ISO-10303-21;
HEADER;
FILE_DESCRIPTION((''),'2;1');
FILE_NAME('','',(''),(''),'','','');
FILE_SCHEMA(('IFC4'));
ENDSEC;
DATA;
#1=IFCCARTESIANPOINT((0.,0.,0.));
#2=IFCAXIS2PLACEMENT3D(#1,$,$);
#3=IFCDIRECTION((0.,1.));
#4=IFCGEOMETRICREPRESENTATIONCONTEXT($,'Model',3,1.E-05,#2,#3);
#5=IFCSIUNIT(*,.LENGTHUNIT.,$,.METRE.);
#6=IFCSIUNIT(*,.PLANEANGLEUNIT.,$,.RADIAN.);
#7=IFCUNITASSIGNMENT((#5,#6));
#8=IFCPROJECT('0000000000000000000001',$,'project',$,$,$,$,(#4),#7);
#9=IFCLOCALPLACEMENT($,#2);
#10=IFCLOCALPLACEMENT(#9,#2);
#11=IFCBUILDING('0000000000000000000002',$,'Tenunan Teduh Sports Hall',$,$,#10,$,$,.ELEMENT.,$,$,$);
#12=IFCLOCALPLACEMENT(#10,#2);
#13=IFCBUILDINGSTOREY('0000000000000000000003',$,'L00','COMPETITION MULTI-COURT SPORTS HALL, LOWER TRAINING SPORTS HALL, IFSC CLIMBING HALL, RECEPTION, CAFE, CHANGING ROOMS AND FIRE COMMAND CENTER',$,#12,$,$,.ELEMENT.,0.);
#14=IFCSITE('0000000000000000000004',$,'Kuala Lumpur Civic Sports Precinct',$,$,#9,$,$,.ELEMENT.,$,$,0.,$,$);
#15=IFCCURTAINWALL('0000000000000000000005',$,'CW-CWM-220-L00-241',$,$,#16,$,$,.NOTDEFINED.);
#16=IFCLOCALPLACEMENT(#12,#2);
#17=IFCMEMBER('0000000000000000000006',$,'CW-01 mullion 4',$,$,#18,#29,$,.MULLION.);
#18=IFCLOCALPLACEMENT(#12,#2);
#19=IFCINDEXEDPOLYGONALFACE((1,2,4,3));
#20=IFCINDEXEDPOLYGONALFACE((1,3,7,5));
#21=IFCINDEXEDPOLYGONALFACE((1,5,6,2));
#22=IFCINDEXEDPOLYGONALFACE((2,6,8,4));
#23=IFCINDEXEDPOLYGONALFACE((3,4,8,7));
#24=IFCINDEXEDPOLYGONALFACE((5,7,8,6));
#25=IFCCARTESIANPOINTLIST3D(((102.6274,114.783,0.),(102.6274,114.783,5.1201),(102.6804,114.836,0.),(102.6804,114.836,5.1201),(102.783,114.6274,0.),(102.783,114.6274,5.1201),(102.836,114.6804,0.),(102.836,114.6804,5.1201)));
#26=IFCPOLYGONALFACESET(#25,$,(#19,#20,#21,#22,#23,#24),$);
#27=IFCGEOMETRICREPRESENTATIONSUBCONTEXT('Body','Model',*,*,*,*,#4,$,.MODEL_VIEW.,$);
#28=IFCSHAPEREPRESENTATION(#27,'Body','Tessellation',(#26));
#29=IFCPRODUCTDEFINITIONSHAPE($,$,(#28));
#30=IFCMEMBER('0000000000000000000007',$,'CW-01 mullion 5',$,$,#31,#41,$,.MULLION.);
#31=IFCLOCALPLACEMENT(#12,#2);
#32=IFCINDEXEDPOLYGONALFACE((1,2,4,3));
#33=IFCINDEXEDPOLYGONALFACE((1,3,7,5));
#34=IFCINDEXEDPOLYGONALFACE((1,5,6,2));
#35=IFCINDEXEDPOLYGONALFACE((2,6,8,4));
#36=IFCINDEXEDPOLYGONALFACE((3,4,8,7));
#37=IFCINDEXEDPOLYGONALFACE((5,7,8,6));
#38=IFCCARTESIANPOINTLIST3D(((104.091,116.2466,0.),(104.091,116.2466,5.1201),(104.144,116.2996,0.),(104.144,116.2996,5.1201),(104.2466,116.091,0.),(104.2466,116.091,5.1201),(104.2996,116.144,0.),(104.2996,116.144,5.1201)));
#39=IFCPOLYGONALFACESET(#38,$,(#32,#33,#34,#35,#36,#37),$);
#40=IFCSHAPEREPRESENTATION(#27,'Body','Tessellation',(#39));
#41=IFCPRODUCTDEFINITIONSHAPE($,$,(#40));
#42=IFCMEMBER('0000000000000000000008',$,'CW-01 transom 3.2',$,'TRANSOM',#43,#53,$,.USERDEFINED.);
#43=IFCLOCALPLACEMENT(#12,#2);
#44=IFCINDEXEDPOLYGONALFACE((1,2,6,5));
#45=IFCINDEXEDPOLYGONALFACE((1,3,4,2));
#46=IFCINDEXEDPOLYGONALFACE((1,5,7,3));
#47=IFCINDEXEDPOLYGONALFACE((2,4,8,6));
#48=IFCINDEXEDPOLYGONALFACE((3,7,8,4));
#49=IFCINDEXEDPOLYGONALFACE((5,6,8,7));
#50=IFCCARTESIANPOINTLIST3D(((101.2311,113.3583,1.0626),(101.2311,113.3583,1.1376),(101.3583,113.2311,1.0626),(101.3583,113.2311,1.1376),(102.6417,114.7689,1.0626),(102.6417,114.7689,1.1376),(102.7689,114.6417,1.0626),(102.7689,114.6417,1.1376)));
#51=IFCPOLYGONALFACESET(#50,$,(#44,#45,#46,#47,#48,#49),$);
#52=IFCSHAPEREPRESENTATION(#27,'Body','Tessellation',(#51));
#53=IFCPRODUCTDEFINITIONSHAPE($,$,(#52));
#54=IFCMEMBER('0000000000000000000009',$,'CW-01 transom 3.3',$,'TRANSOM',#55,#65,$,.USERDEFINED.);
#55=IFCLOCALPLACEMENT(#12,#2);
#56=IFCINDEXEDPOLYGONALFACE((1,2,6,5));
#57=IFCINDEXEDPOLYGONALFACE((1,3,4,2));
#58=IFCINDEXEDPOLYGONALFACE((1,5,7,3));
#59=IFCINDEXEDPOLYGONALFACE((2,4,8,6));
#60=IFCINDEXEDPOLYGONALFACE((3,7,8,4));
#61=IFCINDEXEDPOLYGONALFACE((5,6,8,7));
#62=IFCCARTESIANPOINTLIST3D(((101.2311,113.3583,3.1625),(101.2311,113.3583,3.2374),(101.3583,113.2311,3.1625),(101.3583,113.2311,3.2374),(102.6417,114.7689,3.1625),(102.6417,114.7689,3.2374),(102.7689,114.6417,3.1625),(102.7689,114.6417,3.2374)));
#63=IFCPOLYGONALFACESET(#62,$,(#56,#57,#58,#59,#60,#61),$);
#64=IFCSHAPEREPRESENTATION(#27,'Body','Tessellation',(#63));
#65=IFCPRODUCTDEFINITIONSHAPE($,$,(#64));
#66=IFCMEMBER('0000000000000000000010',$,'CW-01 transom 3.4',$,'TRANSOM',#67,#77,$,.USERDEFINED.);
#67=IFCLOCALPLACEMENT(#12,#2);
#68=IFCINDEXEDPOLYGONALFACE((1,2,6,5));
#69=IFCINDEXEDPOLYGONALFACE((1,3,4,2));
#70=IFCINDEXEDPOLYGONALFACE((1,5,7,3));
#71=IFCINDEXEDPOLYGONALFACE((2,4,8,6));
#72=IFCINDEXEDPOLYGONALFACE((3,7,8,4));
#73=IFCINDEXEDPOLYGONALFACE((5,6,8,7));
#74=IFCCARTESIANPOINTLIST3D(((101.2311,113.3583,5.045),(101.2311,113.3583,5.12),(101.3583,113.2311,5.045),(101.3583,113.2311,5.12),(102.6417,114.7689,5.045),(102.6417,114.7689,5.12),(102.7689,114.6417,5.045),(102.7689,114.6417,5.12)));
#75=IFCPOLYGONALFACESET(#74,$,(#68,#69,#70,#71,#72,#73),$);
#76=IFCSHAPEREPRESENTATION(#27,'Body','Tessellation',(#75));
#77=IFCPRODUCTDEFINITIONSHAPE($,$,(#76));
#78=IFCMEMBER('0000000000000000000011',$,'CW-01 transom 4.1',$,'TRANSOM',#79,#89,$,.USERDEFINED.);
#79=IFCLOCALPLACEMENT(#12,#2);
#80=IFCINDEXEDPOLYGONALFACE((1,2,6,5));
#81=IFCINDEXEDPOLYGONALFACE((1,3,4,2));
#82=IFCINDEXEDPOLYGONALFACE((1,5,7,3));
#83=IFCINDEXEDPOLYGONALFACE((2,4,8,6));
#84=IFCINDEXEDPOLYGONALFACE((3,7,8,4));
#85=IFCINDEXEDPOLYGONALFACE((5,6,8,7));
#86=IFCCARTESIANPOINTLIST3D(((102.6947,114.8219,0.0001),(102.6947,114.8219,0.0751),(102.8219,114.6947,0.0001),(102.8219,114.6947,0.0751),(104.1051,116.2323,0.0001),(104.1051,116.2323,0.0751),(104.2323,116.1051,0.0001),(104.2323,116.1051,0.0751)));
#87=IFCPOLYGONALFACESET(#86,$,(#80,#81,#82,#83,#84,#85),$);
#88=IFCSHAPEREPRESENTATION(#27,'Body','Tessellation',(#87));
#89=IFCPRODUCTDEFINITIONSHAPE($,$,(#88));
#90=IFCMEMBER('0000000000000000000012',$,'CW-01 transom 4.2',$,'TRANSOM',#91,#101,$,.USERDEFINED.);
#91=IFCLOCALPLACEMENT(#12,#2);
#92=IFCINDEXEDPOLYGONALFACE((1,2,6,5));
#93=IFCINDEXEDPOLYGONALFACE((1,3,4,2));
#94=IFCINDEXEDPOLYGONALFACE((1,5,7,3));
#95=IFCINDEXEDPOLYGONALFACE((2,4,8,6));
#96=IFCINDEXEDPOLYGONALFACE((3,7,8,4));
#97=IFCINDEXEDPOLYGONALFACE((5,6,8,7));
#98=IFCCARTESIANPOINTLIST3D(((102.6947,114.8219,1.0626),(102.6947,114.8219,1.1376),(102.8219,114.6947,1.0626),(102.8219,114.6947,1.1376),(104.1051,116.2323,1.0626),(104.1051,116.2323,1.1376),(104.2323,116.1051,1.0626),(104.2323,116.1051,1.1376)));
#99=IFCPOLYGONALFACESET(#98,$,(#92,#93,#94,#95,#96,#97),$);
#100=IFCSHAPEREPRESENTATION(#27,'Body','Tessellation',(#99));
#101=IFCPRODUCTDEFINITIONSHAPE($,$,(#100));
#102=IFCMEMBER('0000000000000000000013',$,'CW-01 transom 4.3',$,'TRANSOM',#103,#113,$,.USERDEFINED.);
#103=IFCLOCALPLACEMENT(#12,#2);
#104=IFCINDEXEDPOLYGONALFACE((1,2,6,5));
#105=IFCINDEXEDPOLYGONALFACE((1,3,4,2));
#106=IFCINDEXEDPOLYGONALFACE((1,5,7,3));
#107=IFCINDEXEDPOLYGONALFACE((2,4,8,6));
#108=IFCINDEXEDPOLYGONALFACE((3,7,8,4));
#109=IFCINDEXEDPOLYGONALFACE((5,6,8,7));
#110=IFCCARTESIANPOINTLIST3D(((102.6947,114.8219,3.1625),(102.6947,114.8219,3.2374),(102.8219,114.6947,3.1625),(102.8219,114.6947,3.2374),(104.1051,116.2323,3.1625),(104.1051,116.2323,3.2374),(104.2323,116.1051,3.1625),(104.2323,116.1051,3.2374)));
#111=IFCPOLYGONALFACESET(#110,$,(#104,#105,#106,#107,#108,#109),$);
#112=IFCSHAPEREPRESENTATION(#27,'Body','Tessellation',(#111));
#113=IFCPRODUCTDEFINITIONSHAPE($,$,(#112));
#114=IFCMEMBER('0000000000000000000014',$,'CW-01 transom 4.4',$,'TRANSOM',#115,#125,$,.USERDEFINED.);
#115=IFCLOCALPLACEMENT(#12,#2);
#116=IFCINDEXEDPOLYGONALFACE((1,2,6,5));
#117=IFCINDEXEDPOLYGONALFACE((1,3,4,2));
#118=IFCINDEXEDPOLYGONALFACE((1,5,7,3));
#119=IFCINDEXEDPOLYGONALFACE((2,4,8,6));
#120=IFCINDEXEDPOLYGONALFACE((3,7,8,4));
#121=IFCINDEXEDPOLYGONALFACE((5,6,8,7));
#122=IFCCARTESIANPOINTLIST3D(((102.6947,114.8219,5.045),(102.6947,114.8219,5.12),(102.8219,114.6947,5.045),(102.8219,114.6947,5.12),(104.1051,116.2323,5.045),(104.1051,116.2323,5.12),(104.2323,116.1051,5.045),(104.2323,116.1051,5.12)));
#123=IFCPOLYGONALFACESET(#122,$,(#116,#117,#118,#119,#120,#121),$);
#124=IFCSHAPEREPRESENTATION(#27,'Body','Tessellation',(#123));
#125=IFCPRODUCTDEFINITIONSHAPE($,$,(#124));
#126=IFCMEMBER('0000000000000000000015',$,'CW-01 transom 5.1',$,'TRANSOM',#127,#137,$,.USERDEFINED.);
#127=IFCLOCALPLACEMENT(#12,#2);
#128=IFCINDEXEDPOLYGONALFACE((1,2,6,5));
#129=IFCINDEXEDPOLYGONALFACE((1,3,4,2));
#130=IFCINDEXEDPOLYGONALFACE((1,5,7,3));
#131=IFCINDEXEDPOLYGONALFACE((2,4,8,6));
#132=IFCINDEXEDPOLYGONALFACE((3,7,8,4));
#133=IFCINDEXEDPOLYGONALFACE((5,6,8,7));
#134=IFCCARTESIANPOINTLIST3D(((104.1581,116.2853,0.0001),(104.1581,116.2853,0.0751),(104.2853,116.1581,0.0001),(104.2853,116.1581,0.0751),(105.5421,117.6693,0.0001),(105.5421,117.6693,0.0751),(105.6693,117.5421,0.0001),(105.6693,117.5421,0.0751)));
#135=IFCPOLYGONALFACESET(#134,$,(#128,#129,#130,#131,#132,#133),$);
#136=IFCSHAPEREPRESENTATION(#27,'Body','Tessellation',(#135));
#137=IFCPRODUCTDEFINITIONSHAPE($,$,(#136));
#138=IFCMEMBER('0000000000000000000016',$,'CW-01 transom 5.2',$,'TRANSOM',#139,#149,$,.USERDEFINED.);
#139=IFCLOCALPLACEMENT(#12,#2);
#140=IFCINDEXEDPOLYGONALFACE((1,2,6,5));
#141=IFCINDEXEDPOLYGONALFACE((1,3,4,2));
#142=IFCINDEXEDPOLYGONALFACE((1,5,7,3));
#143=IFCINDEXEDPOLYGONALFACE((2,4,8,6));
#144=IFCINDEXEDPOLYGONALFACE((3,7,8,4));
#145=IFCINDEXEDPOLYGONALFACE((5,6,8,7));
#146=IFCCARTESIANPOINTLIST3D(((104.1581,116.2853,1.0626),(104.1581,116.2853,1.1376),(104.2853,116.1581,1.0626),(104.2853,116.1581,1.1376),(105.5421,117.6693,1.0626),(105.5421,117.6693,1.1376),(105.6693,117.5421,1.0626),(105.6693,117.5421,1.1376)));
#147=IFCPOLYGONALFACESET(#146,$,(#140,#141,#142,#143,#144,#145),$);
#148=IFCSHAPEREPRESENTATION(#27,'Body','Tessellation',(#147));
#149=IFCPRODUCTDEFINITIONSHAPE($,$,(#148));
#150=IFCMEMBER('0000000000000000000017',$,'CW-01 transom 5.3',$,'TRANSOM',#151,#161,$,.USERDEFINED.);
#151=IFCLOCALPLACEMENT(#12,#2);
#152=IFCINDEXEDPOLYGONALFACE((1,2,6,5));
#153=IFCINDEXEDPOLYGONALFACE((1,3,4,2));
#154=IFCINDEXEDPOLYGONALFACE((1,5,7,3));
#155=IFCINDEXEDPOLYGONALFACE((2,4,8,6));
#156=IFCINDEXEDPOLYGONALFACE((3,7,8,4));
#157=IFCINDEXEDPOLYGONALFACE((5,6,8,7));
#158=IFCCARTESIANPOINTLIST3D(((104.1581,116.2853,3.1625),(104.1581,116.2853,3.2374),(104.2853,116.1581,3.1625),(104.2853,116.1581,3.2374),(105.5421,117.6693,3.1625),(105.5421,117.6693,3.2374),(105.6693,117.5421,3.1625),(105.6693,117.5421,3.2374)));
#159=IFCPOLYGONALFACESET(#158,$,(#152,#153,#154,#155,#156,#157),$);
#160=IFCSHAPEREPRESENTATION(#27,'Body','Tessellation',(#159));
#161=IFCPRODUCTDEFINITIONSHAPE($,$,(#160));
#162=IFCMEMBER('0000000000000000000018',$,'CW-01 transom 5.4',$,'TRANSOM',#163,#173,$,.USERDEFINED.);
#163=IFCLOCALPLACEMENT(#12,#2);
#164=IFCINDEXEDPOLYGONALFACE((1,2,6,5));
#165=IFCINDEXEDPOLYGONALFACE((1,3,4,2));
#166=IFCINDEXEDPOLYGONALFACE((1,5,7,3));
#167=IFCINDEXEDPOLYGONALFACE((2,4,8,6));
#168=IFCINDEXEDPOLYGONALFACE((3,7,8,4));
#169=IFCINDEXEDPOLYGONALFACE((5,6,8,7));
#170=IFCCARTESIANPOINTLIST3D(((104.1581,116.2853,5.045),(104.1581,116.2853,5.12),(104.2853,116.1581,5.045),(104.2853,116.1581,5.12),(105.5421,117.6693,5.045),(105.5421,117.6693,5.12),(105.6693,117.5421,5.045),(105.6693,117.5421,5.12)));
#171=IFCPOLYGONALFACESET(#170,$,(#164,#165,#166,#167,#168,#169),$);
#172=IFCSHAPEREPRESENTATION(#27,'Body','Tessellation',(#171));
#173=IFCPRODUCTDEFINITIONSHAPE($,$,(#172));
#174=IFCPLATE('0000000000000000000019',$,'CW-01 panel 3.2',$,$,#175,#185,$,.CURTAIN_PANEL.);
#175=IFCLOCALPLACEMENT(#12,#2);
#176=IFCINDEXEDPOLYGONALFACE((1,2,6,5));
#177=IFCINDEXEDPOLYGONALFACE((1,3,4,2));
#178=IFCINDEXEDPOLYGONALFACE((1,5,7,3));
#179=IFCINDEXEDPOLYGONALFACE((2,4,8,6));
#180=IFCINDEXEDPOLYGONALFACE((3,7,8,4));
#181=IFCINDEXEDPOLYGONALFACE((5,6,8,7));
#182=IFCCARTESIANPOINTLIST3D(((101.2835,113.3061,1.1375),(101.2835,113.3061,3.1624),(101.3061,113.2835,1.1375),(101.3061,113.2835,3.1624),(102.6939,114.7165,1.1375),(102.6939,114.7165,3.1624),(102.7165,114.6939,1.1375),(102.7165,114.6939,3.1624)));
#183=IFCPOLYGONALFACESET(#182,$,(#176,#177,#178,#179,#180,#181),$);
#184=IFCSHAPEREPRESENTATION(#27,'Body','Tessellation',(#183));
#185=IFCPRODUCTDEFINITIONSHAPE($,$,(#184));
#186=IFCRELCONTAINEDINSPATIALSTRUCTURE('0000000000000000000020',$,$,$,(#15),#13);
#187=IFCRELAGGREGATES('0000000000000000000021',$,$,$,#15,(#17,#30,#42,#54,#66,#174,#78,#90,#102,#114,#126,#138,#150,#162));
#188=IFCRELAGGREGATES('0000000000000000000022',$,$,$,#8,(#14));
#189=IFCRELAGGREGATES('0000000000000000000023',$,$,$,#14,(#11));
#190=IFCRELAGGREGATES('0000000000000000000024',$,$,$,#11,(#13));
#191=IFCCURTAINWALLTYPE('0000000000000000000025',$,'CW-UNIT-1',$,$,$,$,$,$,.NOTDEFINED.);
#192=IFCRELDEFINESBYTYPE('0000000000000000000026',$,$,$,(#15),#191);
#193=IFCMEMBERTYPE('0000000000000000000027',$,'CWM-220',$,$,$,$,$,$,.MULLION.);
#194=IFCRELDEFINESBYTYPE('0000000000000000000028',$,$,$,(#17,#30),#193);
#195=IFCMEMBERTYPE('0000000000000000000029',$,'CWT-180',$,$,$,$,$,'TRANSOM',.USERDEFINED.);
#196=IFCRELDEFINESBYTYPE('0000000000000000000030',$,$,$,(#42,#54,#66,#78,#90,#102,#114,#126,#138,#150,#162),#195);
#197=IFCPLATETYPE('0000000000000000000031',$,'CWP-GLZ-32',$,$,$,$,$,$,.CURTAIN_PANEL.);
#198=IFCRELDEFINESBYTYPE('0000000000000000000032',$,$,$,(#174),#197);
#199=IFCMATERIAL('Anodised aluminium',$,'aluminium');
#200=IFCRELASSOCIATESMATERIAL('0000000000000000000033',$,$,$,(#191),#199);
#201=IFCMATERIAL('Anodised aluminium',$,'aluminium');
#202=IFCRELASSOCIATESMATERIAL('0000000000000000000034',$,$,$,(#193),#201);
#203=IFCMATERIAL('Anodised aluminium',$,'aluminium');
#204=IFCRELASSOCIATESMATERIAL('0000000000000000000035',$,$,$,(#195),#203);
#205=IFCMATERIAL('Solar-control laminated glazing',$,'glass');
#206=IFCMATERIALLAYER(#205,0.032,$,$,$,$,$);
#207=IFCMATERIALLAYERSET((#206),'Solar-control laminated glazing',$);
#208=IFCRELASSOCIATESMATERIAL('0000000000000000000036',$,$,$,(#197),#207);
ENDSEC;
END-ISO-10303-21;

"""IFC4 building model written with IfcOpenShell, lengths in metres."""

from ifc_helpers import new_model, si_unit, direction, frame, origin, origin_2d, place, context, subcontext, project, spatial, rectangle, extrude, material, layer, layer_set, material_profile, profile_set, type_object, element, aggregate, save


model = new_model("IFC4")

# Units and contexts
model_context = context("Model", 3, precision=1e-05, world=origin(), true_north=direction((0.0, 1.0)))
body_context = subcontext(model_context, "Body", "Model", "MODEL_VIEW")
ifc_project = project(units=[si_unit("LENGTHUNIT", "METRE"), si_unit("PLANEANGLEUNIT", "RADIAN")], contexts=[model_context])

# Site, building, storey
site_placement = place(None, origin())
site = spatial("IfcSite", under=ifc_project, at=site_placement, Name="Kuala Lumpur Civic Sports Precinct", CompositionType="ELEMENT", RefElevation=0.0)
building_placement = place(site_placement, origin())
building = spatial("IfcBuilding", under=site, at=building_placement, Name="Tenunan Teduh Sports Hall", CompositionType="ELEMENT")
storey_placement = place(building_placement, origin())
storey = spatial("IfcBuildingStorey", under=building, at=storey_placement, Name="L00", Description="COMPETITION MULTI-COURT SPORTS HALL, LOWER TRAINING SPORTS HALL, IFSC CLIMBING HALL, RECEPTION, CAFE, CHANGING ROOMS AND FIRE COMMAND CENTER", CompositionType="ELEMENT", Elevation=0.0)

# Curtain wall, members, plate
ifc_material_1 = material(Name="Anodised aluminium", Category="aluminium")
curtain_wall_type = type_object("IfcCurtainWallType", Name="CW-UNIT-1", PredefinedType="NOTDEFINED", material=ifc_material_1)
curtain_wall_placement = place(storey_placement, origin())
curtain_wall = element("IfcCurtainWall", 1, at=curtain_wall_placement, inside=storey, type_object=curtain_wall_type, Name="CW-CWM-220-L00-241", PredefinedType="NOTDEFINED")
ifc_material_2 = material(Name="Anodised aluminium", Category="aluminium")
ifc_material_profile_1 = material_profile(ifc_material_2, rectangle(XDim=0.075, YDim=0.22, at=origin_2d()), Name="CWM 75x220")
ifc_profile_set_1 = profile_set([ifc_material_profile_1], Name="Anodised aluminium")
member_type_1 = type_object("IfcMemberType", Name="CWM-220", PredefinedType="MULLION", material=ifc_profile_set_1)
member_1_placement = place(storey_placement, frame((102.7317, 114.7317, 0.0), z_axis=(0.0, 0.0, 1.0), x_axis=(0.707107, 0.707107, 0.0)))
member_1 = element("IfcMember", 2, at=member_1_placement, type_object=member_type_1, Name="CW-01 mullion 4", PredefinedType="MULLION", context=body_context, shape_type="SweptSolid", body=[
    extrude(rectangle(XDim=0.075, YDim=0.22, at=origin_2d()), origin(), (0.0, 0.0, 1.0), 5.1201),
])
member_2_placement = place(storey_placement, frame((104.1953, 116.1953, 0.0), z_axis=(0.0, 0.0, 1.0), x_axis=(0.707107, 0.707107, 0.0)))
member_2 = element("IfcMember", 3, at=member_2_placement, type_object=member_type_1, Name="CW-01 mullion 5", PredefinedType="MULLION", context=body_context, shape_type="SweptSolid", body=[
    extrude(rectangle(XDim=0.075, YDim=0.22, at=origin_2d()), origin(), (0.0, 0.0, 1.0), 5.1201),
])
ifc_material_3 = material(Name="Anodised aluminium", Category="aluminium")
ifc_material_profile_2 = material_profile(ifc_material_3, rectangle(XDim=0.075, YDim=0.1799, at=origin_2d()), Name="CWT 75x180")
ifc_profile_set_2 = profile_set([ifc_material_profile_2], Name="Anodised aluminium")
member_type_2 = type_object("IfcMemberType", Name="CWT-180", ElementType="TRANSOM", PredefinedType="USERDEFINED", material=ifc_profile_set_2)
member_3_placement = place(storey_placement, frame((101.2947, 113.2947, 1.1001), z_axis=(0.707107, 0.707107, 0.0), x_axis=(0.0, 0.0, 1.0)))
member_3 = element("IfcMember", 4, at=member_3_placement, type_object=member_type_2, Name="CW-01 transom 3.2", ObjectType="TRANSOM", PredefinedType="USERDEFINED", context=body_context, shape_type="SweptSolid", body=[
    extrude(rectangle(XDim=0.075, YDim=0.1799, at=origin_2d()), origin(), (0.0, 0.0, 1.0), 1.9949),
])
member_4_placement = place(storey_placement, frame((101.2947, 113.2947, 3.2), z_axis=(0.707107, 0.707107, 0.0), x_axis=(0.0, 0.0, 1.0)))
member_4 = element("IfcMember", 5, at=member_4_placement, type_object=member_type_2, Name="CW-01 transom 3.3", ObjectType="TRANSOM", PredefinedType="USERDEFINED", context=body_context, shape_type="SweptSolid", body=[
    extrude(rectangle(XDim=0.075, YDim=0.1799, at=origin_2d()), origin(), (0.0, 0.0, 1.0), 1.9949),
])
member_5_placement = place(storey_placement, frame((101.2947, 113.2947, 5.0825), z_axis=(0.707107, 0.707107, 0.0), x_axis=(0.0, 0.0, 1.0)))
member_5 = element("IfcMember", 6, at=member_5_placement, type_object=member_type_2, Name="CW-01 transom 3.4", ObjectType="TRANSOM", PredefinedType="USERDEFINED", context=body_context, shape_type="SweptSolid", body=[
    extrude(rectangle(XDim=0.075, YDim=0.1799, at=origin_2d()), origin(), (0.0, 0.0, 1.0), 1.9949),
])
member_6_placement = place(storey_placement, frame((102.7583, 114.7583, 0.0376), z_axis=(0.707107, 0.707107, 0.0), x_axis=(0.0, 0.0, 1.0)))
member_6 = element("IfcMember", 7, at=member_6_placement, type_object=member_type_2, Name="CW-01 transom 4.1", ObjectType="TRANSOM", PredefinedType="USERDEFINED", context=body_context, shape_type="SweptSolid", body=[
    extrude(rectangle(XDim=0.075, YDim=0.1799, at=origin_2d()), origin(), (0.0, 0.0, 1.0), 1.9946),
])
member_7_placement = place(storey_placement, frame((102.7583, 114.7583, 1.1001), z_axis=(0.707107, 0.707107, 0.0), x_axis=(0.0, 0.0, 1.0)))
member_7 = element("IfcMember", 8, at=member_7_placement, type_object=member_type_2, Name="CW-01 transom 4.2", ObjectType="TRANSOM", PredefinedType="USERDEFINED", context=body_context, shape_type="SweptSolid", body=[
    extrude(rectangle(XDim=0.075, YDim=0.1799, at=origin_2d()), origin(), (0.0, 0.0, 1.0), 1.9946),
])
member_8_placement = place(storey_placement, frame((102.7583, 114.7583, 3.2), z_axis=(0.707107, 0.707107, 0.0), x_axis=(0.0, 0.0, 1.0)))
member_8 = element("IfcMember", 9, at=member_8_placement, type_object=member_type_2, Name="CW-01 transom 4.3", ObjectType="TRANSOM", PredefinedType="USERDEFINED", context=body_context, shape_type="SweptSolid", body=[
    extrude(rectangle(XDim=0.075, YDim=0.1799, at=origin_2d()), origin(), (0.0, 0.0, 1.0), 1.9946),
])
member_9_placement = place(storey_placement, frame((102.7583, 114.7583, 5.0825), z_axis=(0.707107, 0.707107, 0.0), x_axis=(0.0, 0.0, 1.0)))
member_9 = element("IfcMember", 10, at=member_9_placement, type_object=member_type_2, Name="CW-01 transom 4.4", ObjectType="TRANSOM", PredefinedType="USERDEFINED", context=body_context, shape_type="SweptSolid", body=[
    extrude(rectangle(XDim=0.075, YDim=0.1799, at=origin_2d()), origin(), (0.0, 0.0, 1.0), 1.9946),
])
member_10_placement = place(storey_placement, frame((104.2217, 116.2217, 0.0376), z_axis=(0.707107, 0.707107, 0.0), x_axis=(0.0, 0.0, 1.0)))
member_10 = element("IfcMember", 11, at=member_10_placement, type_object=member_type_2, Name="CW-01 transom 5.1", ObjectType="TRANSOM", PredefinedType="USERDEFINED", context=body_context, shape_type="SweptSolid", body=[
    extrude(rectangle(XDim=0.075, YDim=0.1799, at=origin_2d()), origin(), (0.0, 0.0, 1.0), 1.9573),
])
member_11_placement = place(storey_placement, frame((104.2217, 116.2217, 1.1001), z_axis=(0.707107, 0.707107, 0.0), x_axis=(0.0, 0.0, 1.0)))
member_11 = element("IfcMember", 12, at=member_11_placement, type_object=member_type_2, Name="CW-01 transom 5.2", ObjectType="TRANSOM", PredefinedType="USERDEFINED", context=body_context, shape_type="SweptSolid", body=[
    extrude(rectangle(XDim=0.075, YDim=0.1799, at=origin_2d()), origin(), (0.0, 0.0, 1.0), 1.9573),
])
member_12_placement = place(storey_placement, frame((104.2217, 116.2217, 3.2), z_axis=(0.707107, 0.707107, 0.0), x_axis=(0.0, 0.0, 1.0)))
member_12 = element("IfcMember", 13, at=member_12_placement, type_object=member_type_2, Name="CW-01 transom 5.3", ObjectType="TRANSOM", PredefinedType="USERDEFINED", context=body_context, shape_type="SweptSolid", body=[
    extrude(rectangle(XDim=0.075, YDim=0.1799, at=origin_2d()), origin(), (0.0, 0.0, 1.0), 1.9573),
])
member_13_placement = place(storey_placement, frame((104.2217, 116.2217, 5.0825), z_axis=(0.707107, 0.707107, 0.0), x_axis=(0.0, 0.0, 1.0)))
member_13 = element("IfcMember", 14, at=member_13_placement, type_object=member_type_2, Name="CW-01 transom 5.4", ObjectType="TRANSOM", PredefinedType="USERDEFINED", context=body_context, shape_type="SweptSolid", body=[
    extrude(rectangle(XDim=0.075, YDim=0.1799, at=origin_2d()), origin(), (0.0, 0.0, 1.0), 1.9573),
])
ifc_material_4 = material(Name="Solar-control laminated glazing", Category="glass")
ifc_layer_1 = layer(ifc_material_4, 0.032)
ifc_layer_set_1 = layer_set([ifc_layer_1], Name="Solar-control laminated glazing")
plate_type_1 = type_object("IfcPlateType", Name="CWP-GLZ-32", PredefinedType="CURTAIN_PANEL", material=ifc_layer_set_1)
plate_1_placement = place(storey_placement, frame((102.0, 114.0, 1.1375), z_axis=(0.0, 0.0, 1.0), x_axis=(0.707107, 0.707107, 0.0)))
plate_1 = element("IfcPlate", 15, at=plate_1_placement, type_object=plate_type_1, Name="CW-01 panel 3.2", PredefinedType="CURTAIN_PANEL", context=body_context, shape_type="SweptSolid", body=[
    extrude(rectangle(XDim=1.9946, YDim=0.032, at=origin_2d()), origin(), (0.0, 0.0, 1.0), 2.0249),
])
aggregate(curtain_wall, [member_1, member_2, member_3, member_4, member_5, plate_1, member_6, member_7, member_8, member_9, member_10, member_11, member_12, member_13])

save(model, "model.ifc")
